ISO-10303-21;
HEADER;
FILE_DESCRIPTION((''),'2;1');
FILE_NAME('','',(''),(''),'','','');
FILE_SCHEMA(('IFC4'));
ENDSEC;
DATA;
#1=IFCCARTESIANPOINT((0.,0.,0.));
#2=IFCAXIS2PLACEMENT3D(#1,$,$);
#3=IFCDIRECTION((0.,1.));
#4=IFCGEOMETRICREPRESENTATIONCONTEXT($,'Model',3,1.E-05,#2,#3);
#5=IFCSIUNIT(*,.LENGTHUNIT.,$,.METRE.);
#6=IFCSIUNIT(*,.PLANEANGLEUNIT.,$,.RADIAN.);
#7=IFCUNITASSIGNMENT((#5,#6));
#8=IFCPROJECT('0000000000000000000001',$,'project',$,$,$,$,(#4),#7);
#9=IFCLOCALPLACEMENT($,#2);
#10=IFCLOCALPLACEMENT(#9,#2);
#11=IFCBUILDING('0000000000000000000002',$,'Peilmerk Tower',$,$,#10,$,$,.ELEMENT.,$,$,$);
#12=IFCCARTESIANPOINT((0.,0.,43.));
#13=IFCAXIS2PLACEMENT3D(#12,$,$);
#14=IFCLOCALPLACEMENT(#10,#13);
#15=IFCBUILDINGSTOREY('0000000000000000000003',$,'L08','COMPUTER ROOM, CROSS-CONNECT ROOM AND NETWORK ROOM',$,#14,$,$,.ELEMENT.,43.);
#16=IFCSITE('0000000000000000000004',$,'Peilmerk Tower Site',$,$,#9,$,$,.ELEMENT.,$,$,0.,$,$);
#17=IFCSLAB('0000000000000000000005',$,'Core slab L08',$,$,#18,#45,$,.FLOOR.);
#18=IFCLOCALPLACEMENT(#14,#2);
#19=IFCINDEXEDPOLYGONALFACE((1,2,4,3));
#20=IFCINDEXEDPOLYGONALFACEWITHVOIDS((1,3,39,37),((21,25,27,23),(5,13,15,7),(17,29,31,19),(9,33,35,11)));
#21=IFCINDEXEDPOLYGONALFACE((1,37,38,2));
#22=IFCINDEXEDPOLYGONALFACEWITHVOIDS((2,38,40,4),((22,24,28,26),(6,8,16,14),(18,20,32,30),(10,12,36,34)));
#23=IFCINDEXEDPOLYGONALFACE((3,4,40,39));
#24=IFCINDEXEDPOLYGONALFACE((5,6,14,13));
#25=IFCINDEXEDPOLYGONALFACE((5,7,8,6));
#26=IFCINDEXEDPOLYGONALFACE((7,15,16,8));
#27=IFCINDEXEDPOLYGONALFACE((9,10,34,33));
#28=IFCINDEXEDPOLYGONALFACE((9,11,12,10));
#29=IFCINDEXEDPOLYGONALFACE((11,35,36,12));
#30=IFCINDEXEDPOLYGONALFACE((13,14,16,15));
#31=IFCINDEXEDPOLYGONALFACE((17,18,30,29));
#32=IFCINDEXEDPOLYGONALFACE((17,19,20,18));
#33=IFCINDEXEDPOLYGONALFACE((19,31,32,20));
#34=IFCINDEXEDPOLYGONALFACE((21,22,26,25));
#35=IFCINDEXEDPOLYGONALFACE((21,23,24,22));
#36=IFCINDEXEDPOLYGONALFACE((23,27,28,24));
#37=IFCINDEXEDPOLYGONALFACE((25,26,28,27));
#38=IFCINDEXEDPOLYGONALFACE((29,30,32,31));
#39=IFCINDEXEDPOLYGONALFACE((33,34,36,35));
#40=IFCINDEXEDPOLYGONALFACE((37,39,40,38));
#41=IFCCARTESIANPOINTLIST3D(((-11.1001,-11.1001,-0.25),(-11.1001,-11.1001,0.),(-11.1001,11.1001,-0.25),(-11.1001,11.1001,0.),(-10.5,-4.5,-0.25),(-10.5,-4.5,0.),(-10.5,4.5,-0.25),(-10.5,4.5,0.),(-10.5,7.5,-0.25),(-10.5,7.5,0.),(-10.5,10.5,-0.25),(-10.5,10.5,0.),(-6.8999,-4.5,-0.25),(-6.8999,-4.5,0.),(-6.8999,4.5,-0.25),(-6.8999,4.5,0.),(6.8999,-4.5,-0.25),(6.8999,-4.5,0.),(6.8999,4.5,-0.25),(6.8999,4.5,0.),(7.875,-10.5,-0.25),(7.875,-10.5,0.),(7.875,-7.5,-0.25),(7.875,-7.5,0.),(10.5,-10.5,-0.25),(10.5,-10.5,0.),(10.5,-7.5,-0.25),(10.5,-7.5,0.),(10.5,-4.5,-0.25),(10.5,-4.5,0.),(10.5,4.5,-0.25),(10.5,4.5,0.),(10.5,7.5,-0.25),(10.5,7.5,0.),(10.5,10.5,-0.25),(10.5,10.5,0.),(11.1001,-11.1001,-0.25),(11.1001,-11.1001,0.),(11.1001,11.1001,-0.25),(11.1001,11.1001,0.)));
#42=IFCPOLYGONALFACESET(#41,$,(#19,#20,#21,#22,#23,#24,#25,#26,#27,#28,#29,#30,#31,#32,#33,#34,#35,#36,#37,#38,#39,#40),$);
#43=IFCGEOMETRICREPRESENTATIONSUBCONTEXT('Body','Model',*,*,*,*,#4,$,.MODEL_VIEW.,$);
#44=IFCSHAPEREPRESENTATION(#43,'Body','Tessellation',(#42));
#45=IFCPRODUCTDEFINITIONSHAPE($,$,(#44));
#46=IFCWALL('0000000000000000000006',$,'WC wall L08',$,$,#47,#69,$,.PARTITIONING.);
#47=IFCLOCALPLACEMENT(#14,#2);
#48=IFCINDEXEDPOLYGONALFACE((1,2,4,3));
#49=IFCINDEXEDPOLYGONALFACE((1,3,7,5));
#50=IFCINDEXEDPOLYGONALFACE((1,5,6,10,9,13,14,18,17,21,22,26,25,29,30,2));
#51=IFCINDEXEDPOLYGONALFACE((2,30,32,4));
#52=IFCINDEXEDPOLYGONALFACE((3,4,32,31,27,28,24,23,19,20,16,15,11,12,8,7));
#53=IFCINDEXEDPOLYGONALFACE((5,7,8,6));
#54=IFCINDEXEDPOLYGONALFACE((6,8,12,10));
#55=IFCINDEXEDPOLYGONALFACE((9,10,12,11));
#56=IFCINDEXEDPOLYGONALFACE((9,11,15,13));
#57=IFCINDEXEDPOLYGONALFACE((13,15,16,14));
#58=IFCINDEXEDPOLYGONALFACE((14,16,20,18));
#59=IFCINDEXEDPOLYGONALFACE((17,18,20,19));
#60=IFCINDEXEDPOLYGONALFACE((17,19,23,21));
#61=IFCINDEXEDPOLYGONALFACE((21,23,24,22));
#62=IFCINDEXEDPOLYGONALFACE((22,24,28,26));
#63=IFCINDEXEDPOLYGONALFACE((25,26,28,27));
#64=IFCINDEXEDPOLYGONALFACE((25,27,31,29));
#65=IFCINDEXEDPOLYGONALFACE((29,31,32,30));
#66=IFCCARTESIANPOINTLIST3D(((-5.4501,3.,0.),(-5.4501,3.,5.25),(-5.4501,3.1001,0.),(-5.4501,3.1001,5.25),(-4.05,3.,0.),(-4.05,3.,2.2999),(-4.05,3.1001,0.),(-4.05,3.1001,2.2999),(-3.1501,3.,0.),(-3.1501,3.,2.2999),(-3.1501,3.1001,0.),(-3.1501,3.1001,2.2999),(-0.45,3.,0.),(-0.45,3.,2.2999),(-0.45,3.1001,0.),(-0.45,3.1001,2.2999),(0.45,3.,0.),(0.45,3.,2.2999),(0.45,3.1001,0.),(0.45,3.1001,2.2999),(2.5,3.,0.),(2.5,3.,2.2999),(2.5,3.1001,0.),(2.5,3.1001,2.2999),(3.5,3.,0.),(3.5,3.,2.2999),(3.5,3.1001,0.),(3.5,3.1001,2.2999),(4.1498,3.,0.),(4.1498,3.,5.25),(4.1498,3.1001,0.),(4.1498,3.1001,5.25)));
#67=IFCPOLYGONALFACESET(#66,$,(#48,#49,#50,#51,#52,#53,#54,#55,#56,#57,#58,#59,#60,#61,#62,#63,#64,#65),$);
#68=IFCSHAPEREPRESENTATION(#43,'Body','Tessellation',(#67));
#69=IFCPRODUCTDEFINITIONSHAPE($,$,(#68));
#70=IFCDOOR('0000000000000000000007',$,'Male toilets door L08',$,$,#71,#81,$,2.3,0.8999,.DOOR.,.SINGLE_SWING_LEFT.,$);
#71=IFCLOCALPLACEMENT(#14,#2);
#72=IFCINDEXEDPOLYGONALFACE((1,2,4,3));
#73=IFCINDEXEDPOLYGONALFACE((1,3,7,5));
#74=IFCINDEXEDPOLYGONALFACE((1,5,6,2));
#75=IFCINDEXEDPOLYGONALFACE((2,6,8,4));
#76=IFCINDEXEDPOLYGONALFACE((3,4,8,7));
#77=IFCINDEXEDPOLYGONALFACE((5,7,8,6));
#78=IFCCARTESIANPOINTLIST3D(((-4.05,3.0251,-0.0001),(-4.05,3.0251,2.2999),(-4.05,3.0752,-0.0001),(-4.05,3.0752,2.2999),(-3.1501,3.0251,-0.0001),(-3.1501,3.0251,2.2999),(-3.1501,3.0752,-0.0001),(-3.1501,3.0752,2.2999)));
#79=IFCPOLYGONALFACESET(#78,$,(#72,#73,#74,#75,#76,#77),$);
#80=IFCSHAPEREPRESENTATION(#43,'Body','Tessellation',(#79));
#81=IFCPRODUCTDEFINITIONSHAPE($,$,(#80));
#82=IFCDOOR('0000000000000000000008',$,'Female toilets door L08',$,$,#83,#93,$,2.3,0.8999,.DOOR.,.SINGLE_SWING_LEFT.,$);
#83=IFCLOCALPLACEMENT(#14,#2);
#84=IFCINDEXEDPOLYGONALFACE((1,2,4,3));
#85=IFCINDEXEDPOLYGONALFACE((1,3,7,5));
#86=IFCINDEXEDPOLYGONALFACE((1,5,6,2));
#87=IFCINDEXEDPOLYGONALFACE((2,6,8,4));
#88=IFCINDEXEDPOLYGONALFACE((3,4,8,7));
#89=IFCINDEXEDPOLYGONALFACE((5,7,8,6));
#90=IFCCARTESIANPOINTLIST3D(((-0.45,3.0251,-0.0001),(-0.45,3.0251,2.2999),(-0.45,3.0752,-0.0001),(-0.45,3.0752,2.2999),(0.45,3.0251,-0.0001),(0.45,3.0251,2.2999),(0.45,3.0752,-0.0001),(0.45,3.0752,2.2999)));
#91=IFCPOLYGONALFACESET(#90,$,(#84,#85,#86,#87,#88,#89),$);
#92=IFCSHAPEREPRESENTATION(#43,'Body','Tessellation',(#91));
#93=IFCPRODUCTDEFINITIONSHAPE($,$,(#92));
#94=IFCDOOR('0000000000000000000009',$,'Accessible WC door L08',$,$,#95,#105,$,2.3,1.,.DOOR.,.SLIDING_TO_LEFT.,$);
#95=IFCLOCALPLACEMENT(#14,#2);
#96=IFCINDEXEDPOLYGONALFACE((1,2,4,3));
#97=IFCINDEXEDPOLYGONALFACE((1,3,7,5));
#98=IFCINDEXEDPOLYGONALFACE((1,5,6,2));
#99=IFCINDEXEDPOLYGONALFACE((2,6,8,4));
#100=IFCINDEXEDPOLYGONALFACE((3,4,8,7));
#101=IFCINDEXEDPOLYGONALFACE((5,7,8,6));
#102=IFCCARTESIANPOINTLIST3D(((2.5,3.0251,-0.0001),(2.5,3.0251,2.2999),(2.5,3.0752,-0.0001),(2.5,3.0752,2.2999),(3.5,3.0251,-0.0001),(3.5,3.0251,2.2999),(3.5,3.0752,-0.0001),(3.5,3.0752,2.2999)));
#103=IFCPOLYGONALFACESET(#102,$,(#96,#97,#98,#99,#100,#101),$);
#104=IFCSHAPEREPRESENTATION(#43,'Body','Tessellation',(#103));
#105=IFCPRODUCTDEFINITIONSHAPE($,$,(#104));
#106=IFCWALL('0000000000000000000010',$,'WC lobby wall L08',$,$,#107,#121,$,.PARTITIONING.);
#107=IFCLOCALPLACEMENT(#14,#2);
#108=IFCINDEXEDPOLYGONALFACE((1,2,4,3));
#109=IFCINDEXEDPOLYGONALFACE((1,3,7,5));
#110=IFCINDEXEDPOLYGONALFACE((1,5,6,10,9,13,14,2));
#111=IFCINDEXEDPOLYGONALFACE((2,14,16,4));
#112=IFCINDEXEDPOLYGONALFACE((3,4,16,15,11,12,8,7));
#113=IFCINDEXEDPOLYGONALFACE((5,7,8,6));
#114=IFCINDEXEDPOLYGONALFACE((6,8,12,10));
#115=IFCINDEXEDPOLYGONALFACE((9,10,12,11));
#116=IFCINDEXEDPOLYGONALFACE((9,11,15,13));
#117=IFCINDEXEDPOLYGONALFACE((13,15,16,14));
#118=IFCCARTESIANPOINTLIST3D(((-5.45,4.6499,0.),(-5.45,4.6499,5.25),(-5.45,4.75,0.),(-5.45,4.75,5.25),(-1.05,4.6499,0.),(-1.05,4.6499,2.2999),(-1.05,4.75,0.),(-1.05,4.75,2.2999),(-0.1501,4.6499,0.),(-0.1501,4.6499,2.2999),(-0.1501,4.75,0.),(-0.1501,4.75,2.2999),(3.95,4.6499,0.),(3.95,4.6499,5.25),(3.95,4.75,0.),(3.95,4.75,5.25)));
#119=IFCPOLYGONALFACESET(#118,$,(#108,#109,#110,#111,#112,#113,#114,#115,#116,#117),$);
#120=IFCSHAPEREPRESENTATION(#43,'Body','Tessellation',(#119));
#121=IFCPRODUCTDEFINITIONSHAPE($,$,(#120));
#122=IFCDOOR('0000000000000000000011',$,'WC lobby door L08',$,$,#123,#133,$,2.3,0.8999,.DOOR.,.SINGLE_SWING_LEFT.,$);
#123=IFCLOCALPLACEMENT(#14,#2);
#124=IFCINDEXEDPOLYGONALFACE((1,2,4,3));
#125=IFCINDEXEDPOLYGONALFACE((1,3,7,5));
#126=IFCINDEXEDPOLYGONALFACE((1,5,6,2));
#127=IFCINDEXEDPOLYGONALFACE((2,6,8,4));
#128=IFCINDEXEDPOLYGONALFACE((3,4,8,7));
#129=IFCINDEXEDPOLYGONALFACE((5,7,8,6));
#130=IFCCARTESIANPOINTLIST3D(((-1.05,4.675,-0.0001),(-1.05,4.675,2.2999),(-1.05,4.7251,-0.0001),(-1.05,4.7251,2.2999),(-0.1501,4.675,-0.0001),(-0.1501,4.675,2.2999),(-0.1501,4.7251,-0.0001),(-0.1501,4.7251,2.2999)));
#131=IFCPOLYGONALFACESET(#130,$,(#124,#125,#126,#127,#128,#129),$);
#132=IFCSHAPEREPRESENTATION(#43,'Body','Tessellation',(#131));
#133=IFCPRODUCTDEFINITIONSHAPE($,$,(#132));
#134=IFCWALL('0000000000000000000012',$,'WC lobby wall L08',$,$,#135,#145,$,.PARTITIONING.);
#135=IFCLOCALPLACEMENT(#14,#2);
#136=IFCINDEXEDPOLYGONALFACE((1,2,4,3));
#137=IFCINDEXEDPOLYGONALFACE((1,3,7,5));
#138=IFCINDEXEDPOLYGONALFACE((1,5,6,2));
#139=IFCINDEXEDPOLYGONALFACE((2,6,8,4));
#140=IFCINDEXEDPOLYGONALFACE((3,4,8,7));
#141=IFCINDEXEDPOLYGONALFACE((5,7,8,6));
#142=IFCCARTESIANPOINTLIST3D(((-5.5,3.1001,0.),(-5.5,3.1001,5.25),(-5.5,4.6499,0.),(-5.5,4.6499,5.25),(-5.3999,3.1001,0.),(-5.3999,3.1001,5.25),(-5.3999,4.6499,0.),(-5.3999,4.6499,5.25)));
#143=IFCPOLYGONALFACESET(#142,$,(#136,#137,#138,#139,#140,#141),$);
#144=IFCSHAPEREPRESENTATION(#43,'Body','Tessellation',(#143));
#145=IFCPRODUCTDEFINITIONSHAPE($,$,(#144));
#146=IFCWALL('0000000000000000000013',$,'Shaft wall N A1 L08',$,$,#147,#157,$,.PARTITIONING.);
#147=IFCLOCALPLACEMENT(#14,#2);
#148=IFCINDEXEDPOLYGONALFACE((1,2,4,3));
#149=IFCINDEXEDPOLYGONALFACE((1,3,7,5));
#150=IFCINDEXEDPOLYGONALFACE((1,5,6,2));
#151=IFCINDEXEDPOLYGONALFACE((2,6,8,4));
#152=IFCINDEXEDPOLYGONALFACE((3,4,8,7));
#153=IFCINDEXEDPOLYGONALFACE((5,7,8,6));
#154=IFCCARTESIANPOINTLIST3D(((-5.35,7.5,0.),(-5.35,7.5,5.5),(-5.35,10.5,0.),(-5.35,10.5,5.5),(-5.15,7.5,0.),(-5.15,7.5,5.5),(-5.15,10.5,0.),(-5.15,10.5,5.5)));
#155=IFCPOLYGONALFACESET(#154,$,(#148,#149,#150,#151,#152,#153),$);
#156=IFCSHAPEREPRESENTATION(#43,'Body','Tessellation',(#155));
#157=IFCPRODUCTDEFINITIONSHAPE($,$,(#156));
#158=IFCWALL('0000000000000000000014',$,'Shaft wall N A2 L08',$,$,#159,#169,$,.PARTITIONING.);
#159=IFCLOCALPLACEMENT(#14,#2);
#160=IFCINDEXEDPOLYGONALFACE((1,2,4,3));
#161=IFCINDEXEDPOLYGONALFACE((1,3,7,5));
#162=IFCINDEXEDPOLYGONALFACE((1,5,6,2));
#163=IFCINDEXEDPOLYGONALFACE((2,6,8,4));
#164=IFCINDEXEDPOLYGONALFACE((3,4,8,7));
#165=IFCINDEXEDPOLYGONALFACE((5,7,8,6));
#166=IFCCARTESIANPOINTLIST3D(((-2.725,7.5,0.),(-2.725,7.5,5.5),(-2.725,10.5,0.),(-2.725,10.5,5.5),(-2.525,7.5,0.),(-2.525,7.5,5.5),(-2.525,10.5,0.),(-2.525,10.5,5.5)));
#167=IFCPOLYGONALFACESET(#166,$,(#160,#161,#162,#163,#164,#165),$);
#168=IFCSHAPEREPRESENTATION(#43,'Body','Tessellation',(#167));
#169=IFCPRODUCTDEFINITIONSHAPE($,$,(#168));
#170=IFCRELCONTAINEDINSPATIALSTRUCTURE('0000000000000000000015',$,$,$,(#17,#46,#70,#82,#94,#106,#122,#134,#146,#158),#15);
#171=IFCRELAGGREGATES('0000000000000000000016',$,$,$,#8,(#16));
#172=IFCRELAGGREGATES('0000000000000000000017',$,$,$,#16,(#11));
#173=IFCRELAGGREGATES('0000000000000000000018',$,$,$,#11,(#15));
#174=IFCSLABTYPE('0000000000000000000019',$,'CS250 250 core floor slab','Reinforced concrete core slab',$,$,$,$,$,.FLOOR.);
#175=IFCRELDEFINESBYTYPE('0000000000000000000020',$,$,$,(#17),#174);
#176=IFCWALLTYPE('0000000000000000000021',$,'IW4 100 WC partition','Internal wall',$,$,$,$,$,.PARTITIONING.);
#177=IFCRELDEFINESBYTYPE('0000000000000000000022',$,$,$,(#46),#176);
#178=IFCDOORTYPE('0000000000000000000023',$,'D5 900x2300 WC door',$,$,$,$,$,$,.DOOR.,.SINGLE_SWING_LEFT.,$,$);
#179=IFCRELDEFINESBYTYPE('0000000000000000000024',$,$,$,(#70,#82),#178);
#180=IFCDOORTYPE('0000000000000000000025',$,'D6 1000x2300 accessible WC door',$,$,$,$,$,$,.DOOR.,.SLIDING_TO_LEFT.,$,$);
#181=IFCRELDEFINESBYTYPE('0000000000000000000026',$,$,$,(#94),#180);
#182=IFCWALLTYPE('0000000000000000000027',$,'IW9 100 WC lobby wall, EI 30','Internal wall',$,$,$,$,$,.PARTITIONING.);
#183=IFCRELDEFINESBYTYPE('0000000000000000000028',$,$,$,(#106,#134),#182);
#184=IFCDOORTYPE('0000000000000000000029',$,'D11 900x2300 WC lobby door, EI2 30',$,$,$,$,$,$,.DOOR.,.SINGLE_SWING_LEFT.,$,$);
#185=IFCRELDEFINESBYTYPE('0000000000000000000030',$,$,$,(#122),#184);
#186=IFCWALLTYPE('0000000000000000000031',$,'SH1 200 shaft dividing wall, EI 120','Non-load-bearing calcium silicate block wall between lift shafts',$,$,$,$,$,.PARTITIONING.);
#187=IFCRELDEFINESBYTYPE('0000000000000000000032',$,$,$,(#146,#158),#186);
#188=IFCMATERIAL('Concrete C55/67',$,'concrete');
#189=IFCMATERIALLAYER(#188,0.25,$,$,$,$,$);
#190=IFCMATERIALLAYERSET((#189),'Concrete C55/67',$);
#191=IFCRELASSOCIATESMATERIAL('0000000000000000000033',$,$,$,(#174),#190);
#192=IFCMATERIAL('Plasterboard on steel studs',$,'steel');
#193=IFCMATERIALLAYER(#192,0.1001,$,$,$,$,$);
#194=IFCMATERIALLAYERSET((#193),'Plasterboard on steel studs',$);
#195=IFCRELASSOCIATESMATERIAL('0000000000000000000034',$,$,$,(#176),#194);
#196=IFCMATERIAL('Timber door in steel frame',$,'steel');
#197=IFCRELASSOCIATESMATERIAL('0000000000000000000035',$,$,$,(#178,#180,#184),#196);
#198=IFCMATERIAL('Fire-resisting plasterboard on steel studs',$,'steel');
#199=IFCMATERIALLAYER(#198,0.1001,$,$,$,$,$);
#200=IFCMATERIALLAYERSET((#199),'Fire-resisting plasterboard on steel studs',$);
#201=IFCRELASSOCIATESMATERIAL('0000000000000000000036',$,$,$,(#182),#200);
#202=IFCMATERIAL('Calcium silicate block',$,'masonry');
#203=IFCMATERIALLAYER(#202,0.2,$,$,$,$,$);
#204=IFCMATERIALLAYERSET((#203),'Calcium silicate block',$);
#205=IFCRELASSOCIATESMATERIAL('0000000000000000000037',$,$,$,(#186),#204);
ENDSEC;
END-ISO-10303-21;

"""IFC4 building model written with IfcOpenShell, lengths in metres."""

from ifc_helpers import new_model, si_unit, direction, frame, frame_2d, origin, place, context, subcontext, project, spatial, polyline, rectangle, outline, extrude, material, layer, layer_set, type_object, element, fill, save


model = new_model("IFC4")

# Units and contexts
model_context = context("Model", 3, precision=1e-05, world=origin(), true_north=direction((0.0, 1.0)))
body_context = subcontext(model_context, "Body", "Model", "MODEL_VIEW")
ifc_project = project(units=[si_unit("LENGTHUNIT", "METRE"), si_unit("PLANEANGLEUNIT", "RADIAN")], contexts=[model_context])

# Site, building, storey
site_placement = place(None, origin())
site = spatial("IfcSite", under=ifc_project, at=site_placement, Name="Peilmerk Tower Site", CompositionType="ELEMENT", RefElevation=0.0)
building_placement = place(site_placement, origin())
building = spatial("IfcBuilding", under=site, at=building_placement, Name="Peilmerk Tower", CompositionType="ELEMENT")
storey_placement = place(building_placement, frame((0.0, 0.0, 43.0)))
storey = spatial("IfcBuildingStorey", under=building, at=storey_placement, Name="L08", Description="COMPUTER ROOM, CROSS-CONNECT ROOM AND NETWORK ROOM", CompositionType="ELEMENT", Elevation=43.0)

# Slab
ifc_material_1 = material(Name="Concrete C55/67", Category="concrete")
ifc_layer_1 = layer(ifc_material_1, 0.25)
ifc_layer_set_1 = layer_set([ifc_layer_1], Name="Concrete C55/67")
slab_type = type_object("IfcSlabType", Name="CS250 250 core floor slab", Description="Reinforced concrete core slab", PredefinedType="FLOOR", material=ifc_layer_set_1)
slab_placement = place(storey_placement, frame((0.0, 0.0, -0.25)))
element("IfcSlab", 1, at=slab_placement, inside=storey, type_object=slab_type, Name="Core slab L08", PredefinedType="FLOOR", context=body_context, shape_type="SweptSolid", body=[
    extrude(outline(polyline([(-11.1001, 11.1001), (-11.1001, -11.1001), (11.1001, -11.1001), (11.1001, 11.1001), (-11.1001, 11.1001)]), holes=[polyline([(10.5, 7.5), (-10.5, 7.5), (-10.5, 10.5), (10.5, 10.5), (10.5, 7.5)]), polyline([(7.875, -10.5), (7.875, -7.5), (10.5, -7.5), (10.5, -10.5), (7.875, -10.5)]), polyline([(-10.5, 4.5), (-6.8999, 4.5), (-6.8999, -4.5), (-10.5, -4.5), (-10.5, 4.5)]), polyline([(10.5, 4.5), (10.5, -4.5), (6.8999, -4.5), (6.8999, 4.5), (10.5, 4.5)])]), origin(), (0.0, 0.0, 1.0), 0.25),
])

# Wall, openings, doors
ifc_material_2 = material(Name="Plasterboard on steel studs", Category="steel")
ifc_layer_2 = layer(ifc_material_2, 0.1001)
ifc_layer_set_2 = layer_set([ifc_layer_2], Name="Plasterboard on steel studs")
wall_type_1 = type_object("IfcWallType", Name="IW4 100 WC partition", Description="Internal wall", PredefinedType="PARTITIONING", material=ifc_layer_set_2)
wall_1_placement = place(storey_placement, frame((-5.45, 3.05, 0.0), z_axis=(0.0, 0.0, 1.0), x_axis=(1.0, 0.0, 0.0)))
wall_1 = element("IfcWall", 2, at=wall_1_placement, inside=storey, type_object=wall_type_1, Name="WC wall L08", PredefinedType="PARTITIONING", context=body_context, shape_type="SweptSolid", body=[
    extrude(rectangle(XDim=9.5999, YDim=0.1001, at=frame_2d((4.7998, 0.0))), origin(), (0.0, 0.0, 1.0), 5.25),
])
opening_1_placement = place(wall_1_placement, frame((1.3999, 0.0, 0.0)))
opening_1 = element("IfcOpeningElement", 3, at=opening_1_placement, cuts=wall_1, PredefinedType="OPENING", context=body_context, shape_type="SweptSolid", body=[
    extrude(rectangle(XDim=0.8999, YDim=2.3, at=frame_2d((0.45, 1.1499))), frame((0.0, 0.0601, 0.0), z_axis=(0.0, -1.0, 0.0), x_axis=(1.0, 0.0, 0.0)), (0.0, 0.0, 1.0), 0.1201),
])
opening_2_placement = place(wall_1_placement, frame((5.0, 0.0, 0.0)))
opening_2 = element("IfcOpeningElement", 4, at=opening_2_placement, cuts=wall_1, PredefinedType="OPENING", context=body_context, shape_type="SweptSolid", body=[
    extrude(rectangle(XDim=0.8999, YDim=2.3, at=frame_2d((0.45, 1.1499))), frame((0.0, 0.0601, 0.0), z_axis=(0.0, -1.0, 0.0), x_axis=(1.0, 0.0, 0.0)), (0.0, 0.0, 1.0), 0.1201),
])
opening_3_placement = place(wall_1_placement, frame((7.95, 0.0, 0.0)))
opening_3 = element("IfcOpeningElement", 5, at=opening_3_placement, cuts=wall_1, PredefinedType="OPENING", context=body_context, shape_type="SweptSolid", body=[
    extrude(rectangle(XDim=1.0, YDim=2.3, at=frame_2d((0.5, 1.1499))), frame((0.0, 0.0601, 0.0), z_axis=(0.0, -1.0, 0.0), x_axis=(1.0, 0.0, 0.0)), (0.0, 0.0, 1.0), 0.1201),
])
ifc_material_3 = material(Name="Timber door in steel frame", Category="steel")
door_type_1 = type_object("IfcDoorType", Name="D5 900x2300 WC door", OperationType="SINGLE_SWING_LEFT", PredefinedType="DOOR", material=ifc_material_3)
door_1_placement = place(opening_1_placement, frame((0.8999, 0.0, 0.0), z_axis=(0.0, 0.0, 1.0), x_axis=(-1.0, 0.0, 0.0)))
door_1 = element("IfcDoor", 6, at=door_1_placement, inside=storey, type_object=door_type_1, Name="Male toilets door L08", OperationType="SINGLE_SWING_LEFT", OverallHeight=2.3, OverallWidth=0.8999, PredefinedType="DOOR", context=body_context, shape_type="SweptSolid", body=[
    extrude(rectangle(XDim=0.8999, YDim=2.3, at=frame_2d((0.45, 1.1499))), frame((0.0, 0.0249, 0.0), z_axis=(0.0, -1.0, 0.0), x_axis=(1.0, 0.0, 0.0)), (0.0, 0.0, 1.0), 0.05),
])
fill(opening_1, door_1)
door_2_placement = place(opening_2_placement, frame((0.8999, 0.0, 0.0), z_axis=(0.0, 0.0, 1.0), x_axis=(-1.0, 0.0, 0.0)))
door_2 = element("IfcDoor", 7, at=door_2_placement, inside=storey, type_object=door_type_1, Name="Female toilets door L08", OperationType="SINGLE_SWING_LEFT", OverallHeight=2.3, OverallWidth=0.8999, PredefinedType="DOOR", context=body_context, shape_type="SweptSolid", body=[
    extrude(rectangle(XDim=0.8999, YDim=2.3, at=frame_2d((0.45, 1.1499))), frame((0.0, 0.0249, 0.0), z_axis=(0.0, -1.0, 0.0), x_axis=(1.0, 0.0, 0.0)), (0.0, 0.0, 1.0), 0.05),
])
fill(opening_2, door_2)
door_type_2 = type_object("IfcDoorType", Name="D6 1000x2300 accessible WC door", OperationType="SLIDING_TO_LEFT", PredefinedType="DOOR", material=ifc_material_3)
door_3_placement = place(opening_3_placement, frame((1.0, 0.0, 0.0), z_axis=(0.0, 0.0, 1.0), x_axis=(-1.0, 0.0, 0.0)))
door_3 = element("IfcDoor", 8, at=door_3_placement, inside=storey, type_object=door_type_2, Name="Accessible WC door L08", OperationType="SLIDING_TO_LEFT", OverallHeight=2.3, OverallWidth=1.0, PredefinedType="DOOR", context=body_context, shape_type="SweptSolid", body=[
    extrude(rectangle(XDim=1.0, YDim=2.3, at=frame_2d((0.5, 1.1499))), frame((0.0, 0.0249, 0.0), z_axis=(0.0, -1.0, 0.0), x_axis=(1.0, 0.0, 0.0)), (0.0, 0.0, 1.0), 0.05),
])
fill(opening_3, door_3)

# Wall, opening, door
ifc_material_4 = material(Name="Fire-resisting plasterboard on steel studs", Category="steel")
ifc_layer_3 = layer(ifc_material_4, 0.1001)
ifc_layer_set_3 = layer_set([ifc_layer_3], Name="Fire-resisting plasterboard on steel studs")
wall_type_2 = type_object("IfcWallType", Name="IW9 100 WC lobby wall, EI 30", Description="Internal wall", PredefinedType="PARTITIONING", material=ifc_layer_set_3)
wall_2_placement = place(storey_placement, frame((-5.45, 4.7, 0.0), z_axis=(0.0, 0.0, 1.0), x_axis=(1.0, 0.0, 0.0)))
wall_2 = element("IfcWall", 9, at=wall_2_placement, inside=storey, type_object=wall_type_2, Name="WC lobby wall L08", PredefinedType="PARTITIONING", context=body_context, shape_type="SweptSolid", body=[
    extrude(rectangle(XDim=9.3999, YDim=0.1001, at=frame_2d((4.7, 0.0))), origin(), (0.0, 0.0, 1.0), 5.25),
])
opening_4_placement = place(wall_2_placement, frame((4.3999, 0.0, 0.0)))
opening_4 = element("IfcOpeningElement", 10, at=opening_4_placement, cuts=wall_2, PredefinedType="OPENING", context=body_context, shape_type="SweptSolid", body=[
    extrude(rectangle(XDim=0.8999, YDim=2.3, at=frame_2d((0.45, 1.1499))), frame((0.0, 0.0601, 0.0), z_axis=(0.0, -1.0, 0.0), x_axis=(1.0, 0.0, 0.0)), (0.0, 0.0, 1.0), 0.1201),
])
door_type_3 = type_object("IfcDoorType", Name="D11 900x2300 WC lobby door, EI2 30", OperationType="SINGLE_SWING_LEFT", PredefinedType="DOOR", material=ifc_material_3)
door_4_placement = place(opening_4_placement, frame((0.8999, 0.0, 0.0), z_axis=(0.0, 0.0, 1.0), x_axis=(-1.0, 0.0, 0.0)))
door_4 = element("IfcDoor", 11, at=door_4_placement, inside=storey, type_object=door_type_3, Name="WC lobby door L08", OperationType="SINGLE_SWING_LEFT", OverallHeight=2.3, OverallWidth=0.8999, PredefinedType="DOOR", context=body_context, shape_type="SweptSolid", body=[
    extrude(rectangle(XDim=0.8999, YDim=2.3, at=frame_2d((0.45, 1.1499))), frame((0.0, 0.0249, 0.0), z_axis=(0.0, -1.0, 0.0), x_axis=(1.0, 0.0, 0.0)), (0.0, 0.0, 1.0), 0.05),
])
fill(opening_4, door_4)

# Walls
wall_3_placement = place(storey_placement, frame((-5.45, 3.1001, 0.0), z_axis=(0.0, 0.0, 1.0), x_axis=(0.0, 1.0, 0.0)))
element("IfcWall", 12, at=wall_3_placement, inside=storey, type_object=wall_type_2, Name="WC lobby wall L08", PredefinedType="PARTITIONING", context=body_context, shape_type="SweptSolid", body=[
    extrude(rectangle(XDim=1.5498, YDim=0.1001, at=frame_2d((0.7749, 0.0))), origin(), (0.0, 0.0, 1.0), 5.25),
])
ifc_material_5 = material(Name="Calcium silicate block", Category="masonry")
ifc_layer_4 = layer(ifc_material_5, 0.2)
ifc_layer_set_4 = layer_set([ifc_layer_4], Name="Calcium silicate block")
wall_type_3 = type_object("IfcWallType", Name="SH1 200 shaft dividing wall, EI 120", Description="Non-load-bearing calcium silicate block wall between lift shafts", PredefinedType="PARTITIONING", material=ifc_layer_set_4)
for number, where, z_axis, x_axis, name in (
    (13, (-5.25, 7.5, 0.0), (0.0, 0.0, 1.0), (0.0, 1.0, 0.0), "Shaft wall N A1 L08"),
    (14, (-2.625, 7.5, 0.0), (0.0, 0.0, 1.0), (0.0, 1.0, 0.0), "Shaft wall N A2 L08"),
):
    element("IfcWall", number, at=place(storey_placement, frame(where, z_axis=z_axis, x_axis=x_axis)), inside=storey, type_object=wall_type_3, Name=name, PredefinedType="PARTITIONING", context=body_context, shape_type="SweptSolid", body=[
        extrude(rectangle(XDim=3.0, YDim=0.2, at=frame_2d((1.5, 0.0))), origin(), (0.0, 0.0, 1.0), 5.5),
    ])

save(model, "model.ifc")
